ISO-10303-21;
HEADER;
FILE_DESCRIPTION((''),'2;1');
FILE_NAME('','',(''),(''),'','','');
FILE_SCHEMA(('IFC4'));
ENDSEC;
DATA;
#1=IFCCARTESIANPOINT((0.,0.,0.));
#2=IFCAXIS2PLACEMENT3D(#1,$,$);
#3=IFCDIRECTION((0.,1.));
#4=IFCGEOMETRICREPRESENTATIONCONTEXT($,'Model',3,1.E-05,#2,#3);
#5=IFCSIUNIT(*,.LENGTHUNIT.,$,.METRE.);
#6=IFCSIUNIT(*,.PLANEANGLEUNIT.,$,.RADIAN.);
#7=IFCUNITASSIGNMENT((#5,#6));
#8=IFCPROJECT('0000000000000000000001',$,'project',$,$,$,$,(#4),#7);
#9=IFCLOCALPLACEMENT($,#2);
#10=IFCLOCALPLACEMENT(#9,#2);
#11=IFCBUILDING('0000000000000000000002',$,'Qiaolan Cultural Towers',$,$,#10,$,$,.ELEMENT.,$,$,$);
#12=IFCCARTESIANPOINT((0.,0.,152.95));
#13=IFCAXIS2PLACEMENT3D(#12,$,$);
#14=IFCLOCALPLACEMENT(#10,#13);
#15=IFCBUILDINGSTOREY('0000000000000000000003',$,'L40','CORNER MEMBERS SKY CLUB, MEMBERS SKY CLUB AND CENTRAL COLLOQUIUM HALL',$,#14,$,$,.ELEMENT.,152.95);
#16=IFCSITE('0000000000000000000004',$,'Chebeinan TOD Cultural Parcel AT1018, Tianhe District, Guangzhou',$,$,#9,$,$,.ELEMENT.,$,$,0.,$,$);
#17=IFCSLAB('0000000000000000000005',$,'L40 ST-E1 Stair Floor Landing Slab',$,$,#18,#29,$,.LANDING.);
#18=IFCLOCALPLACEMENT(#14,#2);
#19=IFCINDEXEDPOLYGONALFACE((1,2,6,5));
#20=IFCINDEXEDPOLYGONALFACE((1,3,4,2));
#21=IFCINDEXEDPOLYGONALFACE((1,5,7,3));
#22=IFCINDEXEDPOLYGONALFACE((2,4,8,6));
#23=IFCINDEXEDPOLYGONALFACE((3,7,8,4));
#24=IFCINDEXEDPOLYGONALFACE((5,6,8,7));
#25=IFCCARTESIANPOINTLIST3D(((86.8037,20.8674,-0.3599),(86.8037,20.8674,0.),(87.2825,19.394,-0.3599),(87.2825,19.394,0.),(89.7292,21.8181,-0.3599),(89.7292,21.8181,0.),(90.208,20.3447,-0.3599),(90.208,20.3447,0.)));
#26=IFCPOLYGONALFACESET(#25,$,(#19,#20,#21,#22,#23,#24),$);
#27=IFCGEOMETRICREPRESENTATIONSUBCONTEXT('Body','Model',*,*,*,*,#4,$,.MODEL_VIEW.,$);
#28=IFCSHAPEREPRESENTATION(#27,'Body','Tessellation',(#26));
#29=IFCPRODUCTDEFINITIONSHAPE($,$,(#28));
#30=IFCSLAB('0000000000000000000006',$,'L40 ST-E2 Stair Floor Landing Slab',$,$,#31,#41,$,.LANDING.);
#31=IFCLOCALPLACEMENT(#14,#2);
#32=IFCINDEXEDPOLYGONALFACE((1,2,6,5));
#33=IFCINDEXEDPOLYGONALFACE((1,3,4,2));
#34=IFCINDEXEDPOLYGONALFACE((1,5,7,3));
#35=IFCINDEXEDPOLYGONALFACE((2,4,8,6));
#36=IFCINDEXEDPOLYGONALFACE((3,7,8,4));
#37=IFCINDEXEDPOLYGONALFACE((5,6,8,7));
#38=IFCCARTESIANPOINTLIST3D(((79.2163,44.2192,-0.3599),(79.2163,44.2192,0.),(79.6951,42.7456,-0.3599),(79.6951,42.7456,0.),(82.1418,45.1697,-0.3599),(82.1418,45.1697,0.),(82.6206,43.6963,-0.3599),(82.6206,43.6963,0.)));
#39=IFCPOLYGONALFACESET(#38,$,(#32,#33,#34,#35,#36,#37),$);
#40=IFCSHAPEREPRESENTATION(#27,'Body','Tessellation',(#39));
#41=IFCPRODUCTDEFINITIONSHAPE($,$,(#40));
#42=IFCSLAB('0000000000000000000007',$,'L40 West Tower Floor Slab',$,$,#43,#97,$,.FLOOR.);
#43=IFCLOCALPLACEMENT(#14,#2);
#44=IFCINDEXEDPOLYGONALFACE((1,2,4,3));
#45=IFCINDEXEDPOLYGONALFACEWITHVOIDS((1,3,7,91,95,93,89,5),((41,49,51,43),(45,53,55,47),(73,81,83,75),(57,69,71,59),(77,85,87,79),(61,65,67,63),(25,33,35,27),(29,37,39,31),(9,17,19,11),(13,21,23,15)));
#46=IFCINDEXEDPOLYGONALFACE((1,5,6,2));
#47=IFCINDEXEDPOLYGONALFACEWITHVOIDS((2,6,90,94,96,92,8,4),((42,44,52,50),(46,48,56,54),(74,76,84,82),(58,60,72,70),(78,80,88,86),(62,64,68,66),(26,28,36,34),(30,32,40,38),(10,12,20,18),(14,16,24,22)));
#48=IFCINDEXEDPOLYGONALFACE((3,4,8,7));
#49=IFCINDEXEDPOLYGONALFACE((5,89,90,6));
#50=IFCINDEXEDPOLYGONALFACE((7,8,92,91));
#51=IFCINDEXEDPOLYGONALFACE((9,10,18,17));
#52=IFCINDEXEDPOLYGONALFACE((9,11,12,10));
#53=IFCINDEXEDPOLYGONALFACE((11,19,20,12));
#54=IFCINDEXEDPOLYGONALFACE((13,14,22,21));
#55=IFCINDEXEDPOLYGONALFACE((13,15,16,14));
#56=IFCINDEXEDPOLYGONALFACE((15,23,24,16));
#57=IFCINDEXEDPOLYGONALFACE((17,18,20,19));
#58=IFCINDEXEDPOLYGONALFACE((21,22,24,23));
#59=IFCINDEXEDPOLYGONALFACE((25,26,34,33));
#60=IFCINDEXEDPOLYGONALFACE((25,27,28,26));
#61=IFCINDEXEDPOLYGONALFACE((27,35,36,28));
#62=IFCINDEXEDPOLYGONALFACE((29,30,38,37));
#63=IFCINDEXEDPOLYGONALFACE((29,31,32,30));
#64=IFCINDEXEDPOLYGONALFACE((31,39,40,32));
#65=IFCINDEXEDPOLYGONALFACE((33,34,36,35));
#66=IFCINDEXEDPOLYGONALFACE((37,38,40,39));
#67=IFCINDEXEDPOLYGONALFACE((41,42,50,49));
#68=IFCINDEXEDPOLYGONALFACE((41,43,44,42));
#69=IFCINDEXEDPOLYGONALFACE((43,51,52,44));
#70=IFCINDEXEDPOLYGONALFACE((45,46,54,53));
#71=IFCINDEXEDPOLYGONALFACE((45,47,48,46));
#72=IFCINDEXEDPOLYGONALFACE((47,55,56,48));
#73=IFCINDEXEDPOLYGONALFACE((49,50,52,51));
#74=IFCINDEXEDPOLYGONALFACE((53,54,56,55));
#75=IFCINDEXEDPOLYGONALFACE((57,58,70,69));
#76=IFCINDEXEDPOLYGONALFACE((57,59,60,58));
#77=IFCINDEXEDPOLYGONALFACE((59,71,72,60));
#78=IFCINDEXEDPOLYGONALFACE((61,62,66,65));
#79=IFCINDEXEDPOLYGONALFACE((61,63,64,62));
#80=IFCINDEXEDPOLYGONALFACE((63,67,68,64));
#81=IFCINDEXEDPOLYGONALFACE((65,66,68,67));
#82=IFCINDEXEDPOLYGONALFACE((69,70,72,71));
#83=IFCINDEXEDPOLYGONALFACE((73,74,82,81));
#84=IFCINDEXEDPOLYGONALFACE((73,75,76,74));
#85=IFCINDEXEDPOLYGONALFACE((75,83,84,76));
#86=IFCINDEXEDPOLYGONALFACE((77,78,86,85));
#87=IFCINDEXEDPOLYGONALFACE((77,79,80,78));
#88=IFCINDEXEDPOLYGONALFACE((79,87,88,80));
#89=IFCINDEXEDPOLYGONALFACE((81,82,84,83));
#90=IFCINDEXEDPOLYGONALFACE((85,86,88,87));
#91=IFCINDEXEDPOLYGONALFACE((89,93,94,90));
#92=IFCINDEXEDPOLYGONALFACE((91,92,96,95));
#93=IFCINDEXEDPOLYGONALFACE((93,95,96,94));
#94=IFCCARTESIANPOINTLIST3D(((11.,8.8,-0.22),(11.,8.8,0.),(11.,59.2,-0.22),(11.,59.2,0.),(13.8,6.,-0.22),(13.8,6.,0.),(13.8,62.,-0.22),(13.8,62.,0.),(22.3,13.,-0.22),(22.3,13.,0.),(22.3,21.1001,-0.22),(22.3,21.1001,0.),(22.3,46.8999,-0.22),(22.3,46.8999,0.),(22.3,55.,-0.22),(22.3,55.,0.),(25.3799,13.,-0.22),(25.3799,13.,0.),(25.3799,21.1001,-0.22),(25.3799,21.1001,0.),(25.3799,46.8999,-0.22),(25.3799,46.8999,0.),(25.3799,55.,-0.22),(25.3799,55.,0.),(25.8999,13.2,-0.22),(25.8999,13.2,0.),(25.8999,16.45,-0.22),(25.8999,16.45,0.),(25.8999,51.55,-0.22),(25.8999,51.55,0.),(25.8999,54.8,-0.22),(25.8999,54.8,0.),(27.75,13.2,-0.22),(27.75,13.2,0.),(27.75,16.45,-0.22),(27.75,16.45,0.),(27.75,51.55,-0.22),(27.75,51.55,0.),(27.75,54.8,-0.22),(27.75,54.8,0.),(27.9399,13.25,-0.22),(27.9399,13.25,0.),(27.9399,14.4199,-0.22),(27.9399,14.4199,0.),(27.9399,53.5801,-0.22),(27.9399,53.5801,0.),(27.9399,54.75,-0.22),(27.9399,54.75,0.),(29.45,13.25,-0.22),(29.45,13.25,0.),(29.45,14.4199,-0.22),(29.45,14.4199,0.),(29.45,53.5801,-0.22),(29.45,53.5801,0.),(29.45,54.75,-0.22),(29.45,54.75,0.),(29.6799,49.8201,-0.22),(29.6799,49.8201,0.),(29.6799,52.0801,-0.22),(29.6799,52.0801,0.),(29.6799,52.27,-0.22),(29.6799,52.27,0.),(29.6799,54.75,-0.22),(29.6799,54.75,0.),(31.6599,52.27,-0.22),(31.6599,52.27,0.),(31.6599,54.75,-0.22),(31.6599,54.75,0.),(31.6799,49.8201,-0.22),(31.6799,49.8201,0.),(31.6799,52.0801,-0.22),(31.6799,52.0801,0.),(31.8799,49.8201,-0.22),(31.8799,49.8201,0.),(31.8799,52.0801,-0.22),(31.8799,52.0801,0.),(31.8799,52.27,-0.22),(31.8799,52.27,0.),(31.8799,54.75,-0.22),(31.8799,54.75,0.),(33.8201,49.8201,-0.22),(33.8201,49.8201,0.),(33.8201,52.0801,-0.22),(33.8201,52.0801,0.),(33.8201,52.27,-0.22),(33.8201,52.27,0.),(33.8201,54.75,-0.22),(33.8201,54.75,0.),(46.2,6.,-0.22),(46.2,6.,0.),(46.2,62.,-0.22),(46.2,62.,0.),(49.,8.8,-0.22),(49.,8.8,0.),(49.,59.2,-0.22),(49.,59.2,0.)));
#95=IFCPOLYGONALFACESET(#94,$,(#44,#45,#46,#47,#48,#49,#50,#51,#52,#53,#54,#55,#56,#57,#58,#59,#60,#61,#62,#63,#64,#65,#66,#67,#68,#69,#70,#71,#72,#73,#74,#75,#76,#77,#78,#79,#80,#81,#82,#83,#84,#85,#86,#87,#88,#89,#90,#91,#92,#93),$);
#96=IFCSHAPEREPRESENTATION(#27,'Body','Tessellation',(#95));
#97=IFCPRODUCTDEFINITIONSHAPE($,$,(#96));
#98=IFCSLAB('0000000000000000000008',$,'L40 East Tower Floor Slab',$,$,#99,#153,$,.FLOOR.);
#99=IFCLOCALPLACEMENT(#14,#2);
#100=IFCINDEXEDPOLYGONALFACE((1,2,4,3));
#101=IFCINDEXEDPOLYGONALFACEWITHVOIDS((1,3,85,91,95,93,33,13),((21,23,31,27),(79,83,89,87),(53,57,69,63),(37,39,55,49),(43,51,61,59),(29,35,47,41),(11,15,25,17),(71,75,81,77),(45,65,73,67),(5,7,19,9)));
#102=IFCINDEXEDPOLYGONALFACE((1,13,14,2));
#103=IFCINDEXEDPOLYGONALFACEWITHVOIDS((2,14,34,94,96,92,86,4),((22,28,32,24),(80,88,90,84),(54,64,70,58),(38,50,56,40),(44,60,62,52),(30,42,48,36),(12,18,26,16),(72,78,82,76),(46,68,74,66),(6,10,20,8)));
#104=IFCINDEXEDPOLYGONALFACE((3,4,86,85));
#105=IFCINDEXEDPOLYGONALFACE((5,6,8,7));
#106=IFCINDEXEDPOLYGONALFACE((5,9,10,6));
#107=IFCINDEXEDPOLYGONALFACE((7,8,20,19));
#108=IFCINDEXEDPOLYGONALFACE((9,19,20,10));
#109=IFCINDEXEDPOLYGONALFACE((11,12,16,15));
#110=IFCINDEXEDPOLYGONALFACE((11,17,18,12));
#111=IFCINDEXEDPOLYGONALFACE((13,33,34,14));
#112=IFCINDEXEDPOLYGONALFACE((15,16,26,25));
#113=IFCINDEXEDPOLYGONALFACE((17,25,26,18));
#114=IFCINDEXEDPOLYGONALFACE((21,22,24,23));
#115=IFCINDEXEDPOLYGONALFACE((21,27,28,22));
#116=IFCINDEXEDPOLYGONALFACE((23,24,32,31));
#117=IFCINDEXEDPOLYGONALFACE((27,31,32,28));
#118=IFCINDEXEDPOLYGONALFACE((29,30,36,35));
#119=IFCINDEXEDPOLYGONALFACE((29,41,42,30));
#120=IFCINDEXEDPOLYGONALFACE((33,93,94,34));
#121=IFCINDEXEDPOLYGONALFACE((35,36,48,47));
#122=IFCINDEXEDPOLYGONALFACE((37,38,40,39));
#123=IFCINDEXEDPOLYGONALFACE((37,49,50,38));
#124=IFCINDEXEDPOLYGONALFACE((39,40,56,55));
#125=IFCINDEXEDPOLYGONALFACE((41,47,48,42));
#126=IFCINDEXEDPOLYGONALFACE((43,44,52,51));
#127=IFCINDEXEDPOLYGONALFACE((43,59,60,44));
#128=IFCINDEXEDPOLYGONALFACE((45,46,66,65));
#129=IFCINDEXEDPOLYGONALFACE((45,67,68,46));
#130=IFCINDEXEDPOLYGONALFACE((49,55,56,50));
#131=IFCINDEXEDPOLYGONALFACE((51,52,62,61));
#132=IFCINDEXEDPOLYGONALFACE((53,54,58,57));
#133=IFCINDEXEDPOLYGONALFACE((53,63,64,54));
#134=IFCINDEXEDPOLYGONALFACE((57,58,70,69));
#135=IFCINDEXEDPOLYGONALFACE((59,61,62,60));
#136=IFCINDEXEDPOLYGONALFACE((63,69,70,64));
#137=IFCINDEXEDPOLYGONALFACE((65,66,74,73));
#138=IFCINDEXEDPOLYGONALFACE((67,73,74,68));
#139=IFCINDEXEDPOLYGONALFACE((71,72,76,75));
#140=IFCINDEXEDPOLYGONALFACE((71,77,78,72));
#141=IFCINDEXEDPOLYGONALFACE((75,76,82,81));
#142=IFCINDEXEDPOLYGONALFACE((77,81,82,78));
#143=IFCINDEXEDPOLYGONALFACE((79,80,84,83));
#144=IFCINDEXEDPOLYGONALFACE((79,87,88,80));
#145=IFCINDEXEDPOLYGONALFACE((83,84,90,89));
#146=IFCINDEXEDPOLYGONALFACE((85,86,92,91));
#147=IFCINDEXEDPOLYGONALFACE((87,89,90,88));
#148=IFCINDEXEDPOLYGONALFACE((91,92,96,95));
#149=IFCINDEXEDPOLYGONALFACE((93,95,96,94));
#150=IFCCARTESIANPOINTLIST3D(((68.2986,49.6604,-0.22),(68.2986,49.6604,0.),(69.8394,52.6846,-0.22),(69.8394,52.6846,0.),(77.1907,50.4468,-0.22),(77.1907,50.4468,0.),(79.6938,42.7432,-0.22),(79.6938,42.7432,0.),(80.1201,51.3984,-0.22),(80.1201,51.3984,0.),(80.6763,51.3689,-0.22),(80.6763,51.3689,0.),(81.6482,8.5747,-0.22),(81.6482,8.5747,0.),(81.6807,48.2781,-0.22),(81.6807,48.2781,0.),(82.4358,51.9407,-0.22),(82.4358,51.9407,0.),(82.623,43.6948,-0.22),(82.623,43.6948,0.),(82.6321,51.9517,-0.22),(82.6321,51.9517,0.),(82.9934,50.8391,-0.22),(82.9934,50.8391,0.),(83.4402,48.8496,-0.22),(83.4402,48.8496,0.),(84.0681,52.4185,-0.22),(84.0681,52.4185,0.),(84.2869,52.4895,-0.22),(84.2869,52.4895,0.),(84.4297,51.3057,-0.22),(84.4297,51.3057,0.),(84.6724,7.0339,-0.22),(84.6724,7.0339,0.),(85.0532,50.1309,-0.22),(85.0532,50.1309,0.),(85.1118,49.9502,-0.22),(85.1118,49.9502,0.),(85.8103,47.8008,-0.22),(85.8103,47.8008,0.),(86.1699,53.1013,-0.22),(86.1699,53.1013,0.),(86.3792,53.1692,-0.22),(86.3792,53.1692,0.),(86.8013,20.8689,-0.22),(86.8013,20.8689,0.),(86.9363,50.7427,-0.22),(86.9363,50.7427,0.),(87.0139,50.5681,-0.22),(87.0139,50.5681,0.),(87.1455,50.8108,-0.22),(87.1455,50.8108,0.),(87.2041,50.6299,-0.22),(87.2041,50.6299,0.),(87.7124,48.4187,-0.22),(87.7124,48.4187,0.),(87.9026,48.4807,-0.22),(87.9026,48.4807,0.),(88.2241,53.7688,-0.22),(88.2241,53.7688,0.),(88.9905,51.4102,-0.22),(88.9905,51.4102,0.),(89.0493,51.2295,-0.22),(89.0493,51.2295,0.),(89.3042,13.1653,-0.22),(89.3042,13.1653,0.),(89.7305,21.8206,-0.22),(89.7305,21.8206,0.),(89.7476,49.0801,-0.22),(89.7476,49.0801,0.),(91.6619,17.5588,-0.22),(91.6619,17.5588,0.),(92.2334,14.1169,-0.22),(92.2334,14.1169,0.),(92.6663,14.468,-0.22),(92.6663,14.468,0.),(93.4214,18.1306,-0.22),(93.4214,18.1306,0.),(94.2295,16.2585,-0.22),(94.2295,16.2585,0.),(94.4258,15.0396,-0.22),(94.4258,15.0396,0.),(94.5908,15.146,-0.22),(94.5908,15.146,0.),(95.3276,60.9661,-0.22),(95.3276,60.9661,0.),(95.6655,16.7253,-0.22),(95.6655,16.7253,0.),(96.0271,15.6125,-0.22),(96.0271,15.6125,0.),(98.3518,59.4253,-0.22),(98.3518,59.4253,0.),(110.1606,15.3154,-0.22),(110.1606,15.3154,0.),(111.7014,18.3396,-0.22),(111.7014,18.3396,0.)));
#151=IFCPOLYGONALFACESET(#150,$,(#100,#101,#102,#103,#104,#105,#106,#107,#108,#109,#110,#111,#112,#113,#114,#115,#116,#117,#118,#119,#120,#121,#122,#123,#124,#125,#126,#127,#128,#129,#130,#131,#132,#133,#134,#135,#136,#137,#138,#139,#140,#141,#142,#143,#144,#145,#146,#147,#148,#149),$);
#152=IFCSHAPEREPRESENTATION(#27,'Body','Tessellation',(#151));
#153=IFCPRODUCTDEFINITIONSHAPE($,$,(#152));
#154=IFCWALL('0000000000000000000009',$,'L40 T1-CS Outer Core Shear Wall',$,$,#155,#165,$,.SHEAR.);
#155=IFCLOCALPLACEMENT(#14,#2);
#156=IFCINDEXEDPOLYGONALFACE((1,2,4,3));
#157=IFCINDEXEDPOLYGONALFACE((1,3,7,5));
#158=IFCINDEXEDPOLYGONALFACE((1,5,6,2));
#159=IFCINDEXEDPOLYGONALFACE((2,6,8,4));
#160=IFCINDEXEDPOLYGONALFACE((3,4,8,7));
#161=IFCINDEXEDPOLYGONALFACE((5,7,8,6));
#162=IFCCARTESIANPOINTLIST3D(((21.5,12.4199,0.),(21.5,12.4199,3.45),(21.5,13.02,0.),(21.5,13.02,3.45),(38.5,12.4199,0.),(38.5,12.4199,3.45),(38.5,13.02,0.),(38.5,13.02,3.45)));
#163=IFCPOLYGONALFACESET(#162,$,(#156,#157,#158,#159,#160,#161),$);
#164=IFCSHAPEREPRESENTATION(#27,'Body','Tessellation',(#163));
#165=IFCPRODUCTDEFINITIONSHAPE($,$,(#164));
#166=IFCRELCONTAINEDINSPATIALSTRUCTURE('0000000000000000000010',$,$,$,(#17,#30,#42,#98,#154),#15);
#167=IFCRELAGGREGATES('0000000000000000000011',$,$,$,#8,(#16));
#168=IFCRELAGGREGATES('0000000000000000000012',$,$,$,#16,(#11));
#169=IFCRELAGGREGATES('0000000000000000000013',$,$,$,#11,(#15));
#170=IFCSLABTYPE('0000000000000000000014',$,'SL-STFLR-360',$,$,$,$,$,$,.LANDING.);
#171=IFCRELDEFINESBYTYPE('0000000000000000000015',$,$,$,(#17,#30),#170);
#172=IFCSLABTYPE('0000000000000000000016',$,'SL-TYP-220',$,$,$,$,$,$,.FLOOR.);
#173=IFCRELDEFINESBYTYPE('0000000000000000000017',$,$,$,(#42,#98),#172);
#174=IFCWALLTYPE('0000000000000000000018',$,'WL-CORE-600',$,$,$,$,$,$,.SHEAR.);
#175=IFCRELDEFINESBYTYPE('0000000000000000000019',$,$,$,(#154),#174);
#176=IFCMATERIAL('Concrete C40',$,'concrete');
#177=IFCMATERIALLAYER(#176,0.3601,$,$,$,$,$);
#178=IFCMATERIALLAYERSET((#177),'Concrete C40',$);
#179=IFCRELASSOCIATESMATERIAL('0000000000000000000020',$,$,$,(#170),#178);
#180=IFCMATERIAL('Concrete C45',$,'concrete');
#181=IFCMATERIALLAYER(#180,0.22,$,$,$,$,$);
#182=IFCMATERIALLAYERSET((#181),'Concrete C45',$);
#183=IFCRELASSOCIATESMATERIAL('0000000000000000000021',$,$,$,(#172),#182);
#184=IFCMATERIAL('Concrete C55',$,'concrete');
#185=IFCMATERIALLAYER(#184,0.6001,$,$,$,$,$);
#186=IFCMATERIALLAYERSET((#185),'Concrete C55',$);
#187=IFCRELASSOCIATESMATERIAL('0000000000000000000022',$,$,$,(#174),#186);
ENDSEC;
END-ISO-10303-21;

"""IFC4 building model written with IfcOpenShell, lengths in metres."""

from ifc_helpers import new_model, si_unit, direction, frame, frame_2d, origin, place, context, subcontext, project, spatial, polyline, rectangle, outline, extrude, material, layer, layer_set, type_object, element, save


model = new_model("IFC4")

# Units and contexts
model_context = context("Model", 3, precision=1e-05, world=origin(), true_north=direction((0.0, 1.0)))
body_context = subcontext(model_context, "Body", "Model", "MODEL_VIEW")
ifc_project = project(units=[si_unit("LENGTHUNIT", "METRE"), si_unit("PLANEANGLEUNIT", "RADIAN")], contexts=[model_context])

# Site, building, storey
site_placement = place(None, origin())
site = spatial("IfcSite", under=ifc_project, at=site_placement, Name="Chebeinan TOD Cultural Parcel AT1018, Tianhe District, Guangzhou", CompositionType="ELEMENT", RefElevation=0.0)
building_placement = place(site_placement, origin())
building = spatial("IfcBuilding", under=site, at=building_placement, Name="Qiaolan Cultural Towers", CompositionType="ELEMENT")
storey_placement = place(building_placement, frame((0.0, 0.0, 152.95)))
storey = spatial("IfcBuildingStorey", under=building, at=storey_placement, Name="L40", Description="CORNER MEMBERS SKY CLUB, MEMBERS SKY CLUB AND CENTRAL COLLOQUIUM HALL", CompositionType="ELEMENT", Elevation=152.95)

# Slabs
ifc_material_1 = material(Name="Concrete C40", Category="concrete")
ifc_layer_1 = layer(ifc_material_1, 0.3601)
ifc_layer_set_1 = layer_set([ifc_layer_1], Name="Concrete C40")
slab_type_1 = type_object("IfcSlabType", Name="SL-STFLR-360", PredefinedType="LANDING", material=ifc_layer_set_1)
slab_1_placement = place(storey_placement, frame((0.0, 0.0, -0.3599)))
element("IfcSlab", 1, at=slab_1_placement, inside=storey, type_object=slab_type_1, Name="L40 ST-E1 Stair Floor Landing Slab", PredefinedType="LANDING", context=body_context, shape_type="SweptSolid", body=[
    extrude(outline(polyline([(86.8037, 20.8674), (87.2825, 19.394), (90.208, 20.3447), (89.7292, 21.8181), (86.8037, 20.8674)])), origin(), (0.0, 0.0, 1.0), 0.3599),
])
slab_2_placement = place(storey_placement, frame((0.0, 0.0, -0.3599)))
element("IfcSlab", 2, at=slab_2_placement, inside=storey, type_object=slab_type_1, Name="L40 ST-E2 Stair Floor Landing Slab", PredefinedType="LANDING", context=body_context, shape_type="SweptSolid", body=[
    extrude(outline(polyline([(82.6206, 43.6963), (82.1418, 45.1697), (79.2163, 44.2192), (79.6951, 42.7456), (82.6206, 43.6963)])), origin(), (0.0, 0.0, 1.0), 0.3599),
])
ifc_material_2 = material(Name="Concrete C45", Category="concrete")
ifc_layer_2 = layer(ifc_material_2, 0.22)
ifc_layer_set_2 = layer_set([ifc_layer_2], Name="Concrete C45")
slab_type_2 = type_object("IfcSlabType", Name="SL-TYP-220", PredefinedType="FLOOR", material=ifc_layer_set_2)
slab_3_placement = place(storey_placement, frame((0.0, 0.0, -0.22)))
element("IfcSlab", 3, at=slab_3_placement, inside=storey, type_object=slab_type_2, Name="L40 West Tower Floor Slab", PredefinedType="FLOOR", context=body_context, shape_type="SweptSolid", body=[
    extrude(outline(polyline([(13.8, 6.0), (46.2, 6.0), (49.0, 8.8), (49.0, 59.2), (46.2, 62.0), (13.8, 62.0), (11.0, 59.2), (11.0, 8.8), (13.8, 6.0)]), holes=[polyline([(22.3, 21.1001), (22.3, 13.0), (25.3799, 13.0), (25.3799, 21.1001), (22.3, 21.1001)]), polyline([(25.3799, 46.8999), (25.3799, 55.0), (22.3, 55.0), (22.3, 46.8999), (25.3799, 46.8999)]), polyline([(25.8999, 13.2), (27.75, 13.2), (27.75, 16.45), (25.8999, 16.45), (25.8999, 13.2)]), polyline([(27.9399, 13.25), (29.45, 13.25), (29.45, 14.4199), (27.9399, 14.4199), (27.9399, 13.25)]), polyline([(25.8999, 51.55), (27.75, 51.55), (27.75, 54.8), (25.8999, 54.8), (25.8999, 51.55)]), polyline([(27.9399, 53.5801), (29.45, 53.5801), (29.45, 54.75), (27.9399, 54.75), (27.9399, 53.5801)]), polyline([(29.6799, 49.8201), (31.6799, 49.8201), (31.6799, 52.0801), (29.6799, 52.0801), (29.6799, 49.8201)]), polyline([(31.8799, 49.8201), (33.8201, 49.8201), (33.8201, 52.0801), (31.8799, 52.0801), (31.8799, 49.8201)]), polyline([(29.6799, 52.27), (31.6599, 52.27), (31.6599, 54.75), (29.6799, 54.75), (29.6799, 52.27)]), polyline([(31.8799, 52.27), (33.8201, 52.27), (33.8201, 54.75), (31.8799, 54.75), (31.8799, 52.27)])]), origin(), (0.0, 0.0, 1.0), 0.22),
])
slab_4_placement = place(storey_placement, frame((0.0, 0.0, -0.22)))
element("IfcSlab", 4, at=slab_4_placement, inside=storey, type_object=slab_type_2, Name="L40 East Tower Floor Slab", PredefinedType="FLOOR", context=body_context, shape_type="SweptSolid", body=[
    extrude(outline(polyline([(84.6724, 7.0339), (110.1606, 15.3154), (111.7014, 18.3396), (98.3518, 59.4253), (95.3276, 60.9661), (69.8394, 52.6846), (68.2986, 49.6604), (81.6482, 8.5747), (84.6724, 7.0339)]), holes=[polyline([(86.8013, 20.8689), (89.3042, 13.1653), (92.2334, 14.1169), (89.7305, 21.8206), (86.8013, 20.8689)]), polyline([(82.623, 43.6948), (80.1201, 51.3984), (77.1907, 50.4468), (79.6938, 42.7432), (82.623, 43.6948)]), polyline([(92.6663, 14.468), (94.4258, 15.0396), (93.4214, 18.1306), (91.6619, 17.5588), (92.6663, 14.468)]), polyline([(94.5908, 15.146), (96.0271, 15.6125), (95.6655, 16.7253), (94.2295, 16.2585), (94.5908, 15.146)]), polyline([(81.6807, 48.2781), (83.4402, 48.8496), (82.4358, 51.9407), (80.6763, 51.3689), (81.6807, 48.2781)]), polyline([(82.9934, 50.8391), (84.4297, 51.3057), (84.0681, 52.4185), (82.6321, 51.9517), (82.9934, 50.8391)]), polyline([(85.8103, 47.8008), (87.7124, 48.4187), (87.0139, 50.5681), (85.1118, 49.9502), (85.8103, 47.8008)]), polyline([(87.9026, 48.4807), (89.7476, 49.0801), (89.0493, 51.2295), (87.2041, 50.6299), (87.9026, 48.4807)]), polyline([(85.0532, 50.1309), (86.9363, 50.7427), (86.1699, 53.1013), (84.2869, 52.4895), (85.0532, 50.1309)]), polyline([(87.1455, 50.8108), (88.9905, 51.4102), (88.2241, 53.7688), (86.3792, 53.1692), (87.1455, 50.8108)])]), origin(), (0.0, 0.0, 1.0), 0.22),
])

# Wall
ifc_material_3 = material(Name="Concrete C55", Category="concrete")
ifc_layer_3 = layer(ifc_material_3, 0.6001)
ifc_layer_set_3 = layer_set([ifc_layer_3], Name="Concrete C55")
wall_type_1 = type_object("IfcWallType", Name="WL-CORE-600", PredefinedType="SHEAR", material=ifc_layer_set_3)
wall_1_placement = place(storey_placement, frame((21.5, 12.72, 0.0), z_axis=(0.0, 0.0, 1.0), x_axis=(1.0, 0.0, 0.0)))
element("IfcWall", 5, at=wall_1_placement, inside=storey, type_object=wall_type_1, Name="L40 T1-CS Outer Core Shear Wall", PredefinedType="SHEAR", context=body_context, shape_type="SweptSolid", body=[
    extrude(rectangle(XDim=17.0, YDim=0.6001, at=frame_2d((8.5, 0.0))), origin(), (0.0, 0.0, 1.0), 3.45),
])

save(model, "model.ifc")
